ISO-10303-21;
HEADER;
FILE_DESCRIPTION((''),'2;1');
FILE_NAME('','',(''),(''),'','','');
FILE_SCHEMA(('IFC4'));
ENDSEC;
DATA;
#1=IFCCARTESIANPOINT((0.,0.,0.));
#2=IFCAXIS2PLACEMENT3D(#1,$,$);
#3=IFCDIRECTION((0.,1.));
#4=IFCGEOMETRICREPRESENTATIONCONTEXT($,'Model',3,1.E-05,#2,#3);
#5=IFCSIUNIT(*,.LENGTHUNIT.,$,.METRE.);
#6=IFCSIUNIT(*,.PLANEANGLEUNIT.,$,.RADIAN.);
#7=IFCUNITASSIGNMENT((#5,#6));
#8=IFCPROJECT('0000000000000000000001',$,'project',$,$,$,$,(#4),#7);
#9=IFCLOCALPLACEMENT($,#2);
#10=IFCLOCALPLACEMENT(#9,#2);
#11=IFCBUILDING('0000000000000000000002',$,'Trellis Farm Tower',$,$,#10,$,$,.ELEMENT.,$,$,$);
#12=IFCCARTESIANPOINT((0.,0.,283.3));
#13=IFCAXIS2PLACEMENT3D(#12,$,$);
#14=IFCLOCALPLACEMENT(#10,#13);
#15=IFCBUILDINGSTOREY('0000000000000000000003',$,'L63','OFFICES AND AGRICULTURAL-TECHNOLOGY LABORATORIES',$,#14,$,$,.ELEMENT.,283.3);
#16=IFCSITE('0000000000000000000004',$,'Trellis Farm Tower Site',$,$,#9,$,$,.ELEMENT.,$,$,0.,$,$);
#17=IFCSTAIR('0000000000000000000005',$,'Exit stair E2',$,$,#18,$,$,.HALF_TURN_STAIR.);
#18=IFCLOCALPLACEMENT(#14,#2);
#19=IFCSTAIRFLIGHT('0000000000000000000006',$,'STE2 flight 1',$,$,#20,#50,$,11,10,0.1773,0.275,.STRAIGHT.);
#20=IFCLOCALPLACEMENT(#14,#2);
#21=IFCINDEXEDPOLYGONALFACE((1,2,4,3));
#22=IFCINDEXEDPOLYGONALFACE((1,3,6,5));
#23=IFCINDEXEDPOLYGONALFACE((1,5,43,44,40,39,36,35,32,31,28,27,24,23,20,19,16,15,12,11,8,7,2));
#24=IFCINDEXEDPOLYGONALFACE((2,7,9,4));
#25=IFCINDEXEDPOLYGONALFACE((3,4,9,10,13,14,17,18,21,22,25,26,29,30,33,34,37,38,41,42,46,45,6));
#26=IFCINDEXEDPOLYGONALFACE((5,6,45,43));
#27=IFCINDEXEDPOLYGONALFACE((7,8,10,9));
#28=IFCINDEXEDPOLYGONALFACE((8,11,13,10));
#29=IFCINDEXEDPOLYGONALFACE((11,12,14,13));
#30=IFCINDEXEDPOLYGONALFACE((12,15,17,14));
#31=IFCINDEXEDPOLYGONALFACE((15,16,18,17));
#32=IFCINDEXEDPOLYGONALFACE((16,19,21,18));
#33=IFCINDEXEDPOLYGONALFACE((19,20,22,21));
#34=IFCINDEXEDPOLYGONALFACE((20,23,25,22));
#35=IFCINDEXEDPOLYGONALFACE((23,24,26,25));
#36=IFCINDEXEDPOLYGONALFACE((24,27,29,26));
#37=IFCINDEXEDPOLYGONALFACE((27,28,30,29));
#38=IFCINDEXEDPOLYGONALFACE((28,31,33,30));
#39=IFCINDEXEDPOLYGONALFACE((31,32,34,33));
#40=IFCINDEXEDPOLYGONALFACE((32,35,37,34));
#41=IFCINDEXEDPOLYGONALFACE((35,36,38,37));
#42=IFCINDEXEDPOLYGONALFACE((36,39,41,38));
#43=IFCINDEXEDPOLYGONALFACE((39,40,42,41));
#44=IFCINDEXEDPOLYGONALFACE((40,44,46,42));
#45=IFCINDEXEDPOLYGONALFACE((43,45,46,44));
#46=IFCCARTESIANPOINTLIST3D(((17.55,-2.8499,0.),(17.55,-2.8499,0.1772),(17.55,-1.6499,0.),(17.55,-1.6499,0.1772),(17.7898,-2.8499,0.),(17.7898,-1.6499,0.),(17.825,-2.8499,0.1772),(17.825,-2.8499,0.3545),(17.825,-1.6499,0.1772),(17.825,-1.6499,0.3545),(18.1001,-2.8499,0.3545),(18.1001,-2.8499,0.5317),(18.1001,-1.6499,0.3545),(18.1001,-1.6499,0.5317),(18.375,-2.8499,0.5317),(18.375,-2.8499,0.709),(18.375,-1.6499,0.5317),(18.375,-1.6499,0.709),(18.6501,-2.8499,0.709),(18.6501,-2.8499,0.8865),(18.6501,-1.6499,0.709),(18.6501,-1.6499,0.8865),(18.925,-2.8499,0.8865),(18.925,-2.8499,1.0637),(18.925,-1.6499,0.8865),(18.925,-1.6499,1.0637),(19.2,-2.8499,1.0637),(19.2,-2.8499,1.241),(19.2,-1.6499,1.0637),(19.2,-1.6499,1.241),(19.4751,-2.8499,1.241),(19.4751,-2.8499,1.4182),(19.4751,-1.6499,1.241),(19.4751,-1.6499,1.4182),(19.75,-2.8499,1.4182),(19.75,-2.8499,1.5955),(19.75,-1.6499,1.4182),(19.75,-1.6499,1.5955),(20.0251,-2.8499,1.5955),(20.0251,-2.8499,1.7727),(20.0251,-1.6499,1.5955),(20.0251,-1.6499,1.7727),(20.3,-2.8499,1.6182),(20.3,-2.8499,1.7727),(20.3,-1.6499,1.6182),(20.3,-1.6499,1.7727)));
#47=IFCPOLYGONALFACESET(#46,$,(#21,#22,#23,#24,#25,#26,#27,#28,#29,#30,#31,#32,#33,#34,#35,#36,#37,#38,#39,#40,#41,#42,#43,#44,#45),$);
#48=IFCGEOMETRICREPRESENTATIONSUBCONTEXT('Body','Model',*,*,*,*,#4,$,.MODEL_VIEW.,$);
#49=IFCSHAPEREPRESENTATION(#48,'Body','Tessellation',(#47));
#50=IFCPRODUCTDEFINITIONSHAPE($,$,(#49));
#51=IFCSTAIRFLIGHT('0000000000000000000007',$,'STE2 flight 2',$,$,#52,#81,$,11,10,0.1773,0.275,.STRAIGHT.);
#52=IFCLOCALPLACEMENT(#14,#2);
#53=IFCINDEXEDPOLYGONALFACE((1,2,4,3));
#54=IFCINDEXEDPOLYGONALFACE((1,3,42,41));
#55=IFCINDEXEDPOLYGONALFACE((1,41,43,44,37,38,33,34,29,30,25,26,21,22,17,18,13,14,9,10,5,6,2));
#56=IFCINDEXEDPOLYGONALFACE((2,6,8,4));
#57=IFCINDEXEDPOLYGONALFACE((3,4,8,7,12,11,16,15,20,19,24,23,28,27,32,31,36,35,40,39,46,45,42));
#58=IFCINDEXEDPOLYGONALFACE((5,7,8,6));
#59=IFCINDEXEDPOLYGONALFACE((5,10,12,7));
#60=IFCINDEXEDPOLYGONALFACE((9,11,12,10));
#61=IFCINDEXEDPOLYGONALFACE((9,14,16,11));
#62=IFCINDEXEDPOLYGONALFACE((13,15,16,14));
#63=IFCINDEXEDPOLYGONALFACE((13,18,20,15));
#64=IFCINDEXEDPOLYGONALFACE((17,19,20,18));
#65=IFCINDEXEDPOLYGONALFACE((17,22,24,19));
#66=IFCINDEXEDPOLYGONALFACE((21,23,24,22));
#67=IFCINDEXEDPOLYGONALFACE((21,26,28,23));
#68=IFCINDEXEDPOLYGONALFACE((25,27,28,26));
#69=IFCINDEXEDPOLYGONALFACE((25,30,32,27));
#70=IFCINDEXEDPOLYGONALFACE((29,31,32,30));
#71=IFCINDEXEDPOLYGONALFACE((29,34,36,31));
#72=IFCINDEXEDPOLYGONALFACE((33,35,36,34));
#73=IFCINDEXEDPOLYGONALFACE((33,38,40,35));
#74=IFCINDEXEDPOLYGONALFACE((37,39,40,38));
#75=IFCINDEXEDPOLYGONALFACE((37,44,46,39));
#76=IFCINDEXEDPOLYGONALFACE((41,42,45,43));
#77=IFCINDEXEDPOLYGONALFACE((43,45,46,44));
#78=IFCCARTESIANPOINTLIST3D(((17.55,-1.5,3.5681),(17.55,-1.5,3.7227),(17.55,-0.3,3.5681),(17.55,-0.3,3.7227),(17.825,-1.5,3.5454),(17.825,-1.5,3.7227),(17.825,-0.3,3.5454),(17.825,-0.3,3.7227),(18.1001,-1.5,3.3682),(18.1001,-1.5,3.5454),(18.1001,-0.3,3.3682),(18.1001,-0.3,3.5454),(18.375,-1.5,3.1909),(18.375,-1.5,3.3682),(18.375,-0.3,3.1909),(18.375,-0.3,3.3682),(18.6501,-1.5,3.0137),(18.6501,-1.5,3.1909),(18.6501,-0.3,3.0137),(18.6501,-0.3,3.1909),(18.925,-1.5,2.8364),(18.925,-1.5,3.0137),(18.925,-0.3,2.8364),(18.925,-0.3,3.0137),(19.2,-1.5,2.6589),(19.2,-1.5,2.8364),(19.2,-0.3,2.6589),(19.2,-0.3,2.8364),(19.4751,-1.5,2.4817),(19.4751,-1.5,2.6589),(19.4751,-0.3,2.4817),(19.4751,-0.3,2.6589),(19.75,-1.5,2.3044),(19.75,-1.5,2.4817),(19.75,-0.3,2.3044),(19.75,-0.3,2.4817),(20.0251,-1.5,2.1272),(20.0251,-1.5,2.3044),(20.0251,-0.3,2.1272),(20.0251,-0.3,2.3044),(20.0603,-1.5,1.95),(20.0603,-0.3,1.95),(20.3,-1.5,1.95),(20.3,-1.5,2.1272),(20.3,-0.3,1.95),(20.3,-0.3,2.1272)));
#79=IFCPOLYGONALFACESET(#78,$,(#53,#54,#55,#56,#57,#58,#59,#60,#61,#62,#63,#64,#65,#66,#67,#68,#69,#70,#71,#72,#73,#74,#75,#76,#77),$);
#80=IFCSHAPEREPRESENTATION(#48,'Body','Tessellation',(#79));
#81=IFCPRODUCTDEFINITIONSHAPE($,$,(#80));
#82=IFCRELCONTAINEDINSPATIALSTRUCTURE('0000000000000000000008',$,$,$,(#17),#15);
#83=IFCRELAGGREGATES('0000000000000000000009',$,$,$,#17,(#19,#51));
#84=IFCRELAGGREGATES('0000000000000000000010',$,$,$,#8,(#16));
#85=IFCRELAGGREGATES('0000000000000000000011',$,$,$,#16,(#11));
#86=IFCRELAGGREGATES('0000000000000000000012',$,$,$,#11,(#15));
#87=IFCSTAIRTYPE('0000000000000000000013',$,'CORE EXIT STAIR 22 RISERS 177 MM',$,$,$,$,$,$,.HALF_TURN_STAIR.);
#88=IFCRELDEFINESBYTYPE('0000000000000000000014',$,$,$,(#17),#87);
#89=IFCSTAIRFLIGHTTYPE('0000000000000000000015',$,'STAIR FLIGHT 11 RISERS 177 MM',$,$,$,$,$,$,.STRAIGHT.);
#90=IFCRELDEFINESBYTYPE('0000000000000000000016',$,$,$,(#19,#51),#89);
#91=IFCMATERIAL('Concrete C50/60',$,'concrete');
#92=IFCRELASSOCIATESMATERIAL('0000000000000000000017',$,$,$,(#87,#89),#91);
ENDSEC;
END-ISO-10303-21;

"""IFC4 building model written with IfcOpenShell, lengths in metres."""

from ifc_helpers import new_model, si_unit, direction, frame, origin, place, context, subcontext, project, spatial, polyline, outline, extrude, source, transform, mapped, material, type_object, element, aggregate, save


model = new_model("IFC4")

# Units and contexts
model_context = context("Model", 3, precision=1e-05, world=origin(), true_north=direction((0.0, 1.0)))
body_context = subcontext(model_context, "Body", "Model", "MODEL_VIEW")
ifc_project = project(units=[si_unit("LENGTHUNIT", "METRE"), si_unit("PLANEANGLEUNIT", "RADIAN")], contexts=[model_context])

# Site, building, storey
site_placement = place(None, origin())
site = spatial("IfcSite", under=ifc_project, at=site_placement, Name="Trellis Farm Tower Site", CompositionType="ELEMENT", RefElevation=0.0)
building_placement = place(site_placement, origin())
building = spatial("IfcBuilding", under=site, at=building_placement, Name="Trellis Farm Tower", CompositionType="ELEMENT")
storey_placement = place(building_placement, frame((0.0, 0.0, 283.3)))
storey = spatial("IfcBuildingStorey", under=building, at=storey_placement, Name="L63", Description="OFFICES AND AGRICULTURAL-TECHNOLOGY LABORATORIES", CompositionType="ELEMENT", Elevation=283.3)

# Shared definitions
placement = place(storey_placement, origin())

# Shared definitions
ifc_material_1 = material(Name="Concrete C50/60", Category="concrete")

# Stair, stair flights
stair_type = type_object("IfcStairType", Name="CORE EXIT STAIR 22 RISERS 177 MM", PredefinedType="HALF_TURN_STAIR", material=ifc_material_1)
stair_flight_type = type_object("IfcStairFlightType", Name="STAIR FLIGHT 11 RISERS 177 MM", PredefinedType="STRAIGHT", material=ifc_material_1)
shared_shape_1 = source(origin(), body_context, "Body", "SweptSolid", [
    extrude(outline(polyline([(0.0, 0.0), (0.0, 0.1772), (0.2749, 0.1772), (0.2749, 0.3545), (0.55, 0.3545), (0.55, 0.5317), (0.825, 0.5317), (0.825, 0.709), (1.1001, 0.709), (1.1001, 0.8865), (1.375, 0.8865), (1.375, 1.0637), (1.6499, 1.0637), (1.6499, 1.241), (1.925, 1.241), (1.925, 1.4182), (2.2, 1.4182), (2.2, 1.5955), (2.4751, 1.5955), (2.4751, 1.7727), (2.75, 1.7727), (2.75, 1.95), (2.75, 1.6182), (0.2397, 0.0), (0.0, 0.0)])), frame((0.0, 0.6001, 0.0), z_axis=(0.0, -1.0, 0.0), x_axis=(1.0, 0.0, 0.0)), (0.0, 0.0, 1.0), 1.2),
])
stair_1 = element("IfcStair", 1, at=placement, inside=storey, type_object=stair_type, Name="Exit stair E2", PredefinedType="HALF_TURN_STAIR")
stair_flight_1_placement = place(storey_placement, frame((17.55, -2.25, 0.0), z_axis=(0.0, 0.0, 1.0), x_axis=(1.0, 0.0, 0.0)))
stair_flight_1 = element("IfcStairFlight", 2, at=stair_flight_1_placement, type_object=stair_flight_type, Name="STE2 flight 1", NumberOfRisers=11, NumberOfTreads=10, PredefinedType="STRAIGHT", RiserHeight=0.1773, TreadLength=0.275, context=body_context, shape_type="MappedRepresentation", body=[
    mapped(shared_shape_1, transform((0.0, 0.0, 0.0))),
])
stair_flight_2_placement = place(storey_placement, frame((20.3, -0.8999, 1.95), z_axis=(0.0, 0.0, 1.0), x_axis=(-1.0, 0.0, 0.0)))
stair_flight_2 = element("IfcStairFlight", 3, at=stair_flight_2_placement, type_object=stair_flight_type, Name="STE2 flight 2", NumberOfRisers=11, NumberOfTreads=10, PredefinedType="STRAIGHT", RiserHeight=0.1773, TreadLength=0.275, context=body_context, shape_type="MappedRepresentation", body=[
    mapped(shared_shape_1, transform((0.0, 0.0, 0.0))),
])
aggregate(stair_1, [stair_flight_1, stair_flight_2])

save(model, "model.ifc")
